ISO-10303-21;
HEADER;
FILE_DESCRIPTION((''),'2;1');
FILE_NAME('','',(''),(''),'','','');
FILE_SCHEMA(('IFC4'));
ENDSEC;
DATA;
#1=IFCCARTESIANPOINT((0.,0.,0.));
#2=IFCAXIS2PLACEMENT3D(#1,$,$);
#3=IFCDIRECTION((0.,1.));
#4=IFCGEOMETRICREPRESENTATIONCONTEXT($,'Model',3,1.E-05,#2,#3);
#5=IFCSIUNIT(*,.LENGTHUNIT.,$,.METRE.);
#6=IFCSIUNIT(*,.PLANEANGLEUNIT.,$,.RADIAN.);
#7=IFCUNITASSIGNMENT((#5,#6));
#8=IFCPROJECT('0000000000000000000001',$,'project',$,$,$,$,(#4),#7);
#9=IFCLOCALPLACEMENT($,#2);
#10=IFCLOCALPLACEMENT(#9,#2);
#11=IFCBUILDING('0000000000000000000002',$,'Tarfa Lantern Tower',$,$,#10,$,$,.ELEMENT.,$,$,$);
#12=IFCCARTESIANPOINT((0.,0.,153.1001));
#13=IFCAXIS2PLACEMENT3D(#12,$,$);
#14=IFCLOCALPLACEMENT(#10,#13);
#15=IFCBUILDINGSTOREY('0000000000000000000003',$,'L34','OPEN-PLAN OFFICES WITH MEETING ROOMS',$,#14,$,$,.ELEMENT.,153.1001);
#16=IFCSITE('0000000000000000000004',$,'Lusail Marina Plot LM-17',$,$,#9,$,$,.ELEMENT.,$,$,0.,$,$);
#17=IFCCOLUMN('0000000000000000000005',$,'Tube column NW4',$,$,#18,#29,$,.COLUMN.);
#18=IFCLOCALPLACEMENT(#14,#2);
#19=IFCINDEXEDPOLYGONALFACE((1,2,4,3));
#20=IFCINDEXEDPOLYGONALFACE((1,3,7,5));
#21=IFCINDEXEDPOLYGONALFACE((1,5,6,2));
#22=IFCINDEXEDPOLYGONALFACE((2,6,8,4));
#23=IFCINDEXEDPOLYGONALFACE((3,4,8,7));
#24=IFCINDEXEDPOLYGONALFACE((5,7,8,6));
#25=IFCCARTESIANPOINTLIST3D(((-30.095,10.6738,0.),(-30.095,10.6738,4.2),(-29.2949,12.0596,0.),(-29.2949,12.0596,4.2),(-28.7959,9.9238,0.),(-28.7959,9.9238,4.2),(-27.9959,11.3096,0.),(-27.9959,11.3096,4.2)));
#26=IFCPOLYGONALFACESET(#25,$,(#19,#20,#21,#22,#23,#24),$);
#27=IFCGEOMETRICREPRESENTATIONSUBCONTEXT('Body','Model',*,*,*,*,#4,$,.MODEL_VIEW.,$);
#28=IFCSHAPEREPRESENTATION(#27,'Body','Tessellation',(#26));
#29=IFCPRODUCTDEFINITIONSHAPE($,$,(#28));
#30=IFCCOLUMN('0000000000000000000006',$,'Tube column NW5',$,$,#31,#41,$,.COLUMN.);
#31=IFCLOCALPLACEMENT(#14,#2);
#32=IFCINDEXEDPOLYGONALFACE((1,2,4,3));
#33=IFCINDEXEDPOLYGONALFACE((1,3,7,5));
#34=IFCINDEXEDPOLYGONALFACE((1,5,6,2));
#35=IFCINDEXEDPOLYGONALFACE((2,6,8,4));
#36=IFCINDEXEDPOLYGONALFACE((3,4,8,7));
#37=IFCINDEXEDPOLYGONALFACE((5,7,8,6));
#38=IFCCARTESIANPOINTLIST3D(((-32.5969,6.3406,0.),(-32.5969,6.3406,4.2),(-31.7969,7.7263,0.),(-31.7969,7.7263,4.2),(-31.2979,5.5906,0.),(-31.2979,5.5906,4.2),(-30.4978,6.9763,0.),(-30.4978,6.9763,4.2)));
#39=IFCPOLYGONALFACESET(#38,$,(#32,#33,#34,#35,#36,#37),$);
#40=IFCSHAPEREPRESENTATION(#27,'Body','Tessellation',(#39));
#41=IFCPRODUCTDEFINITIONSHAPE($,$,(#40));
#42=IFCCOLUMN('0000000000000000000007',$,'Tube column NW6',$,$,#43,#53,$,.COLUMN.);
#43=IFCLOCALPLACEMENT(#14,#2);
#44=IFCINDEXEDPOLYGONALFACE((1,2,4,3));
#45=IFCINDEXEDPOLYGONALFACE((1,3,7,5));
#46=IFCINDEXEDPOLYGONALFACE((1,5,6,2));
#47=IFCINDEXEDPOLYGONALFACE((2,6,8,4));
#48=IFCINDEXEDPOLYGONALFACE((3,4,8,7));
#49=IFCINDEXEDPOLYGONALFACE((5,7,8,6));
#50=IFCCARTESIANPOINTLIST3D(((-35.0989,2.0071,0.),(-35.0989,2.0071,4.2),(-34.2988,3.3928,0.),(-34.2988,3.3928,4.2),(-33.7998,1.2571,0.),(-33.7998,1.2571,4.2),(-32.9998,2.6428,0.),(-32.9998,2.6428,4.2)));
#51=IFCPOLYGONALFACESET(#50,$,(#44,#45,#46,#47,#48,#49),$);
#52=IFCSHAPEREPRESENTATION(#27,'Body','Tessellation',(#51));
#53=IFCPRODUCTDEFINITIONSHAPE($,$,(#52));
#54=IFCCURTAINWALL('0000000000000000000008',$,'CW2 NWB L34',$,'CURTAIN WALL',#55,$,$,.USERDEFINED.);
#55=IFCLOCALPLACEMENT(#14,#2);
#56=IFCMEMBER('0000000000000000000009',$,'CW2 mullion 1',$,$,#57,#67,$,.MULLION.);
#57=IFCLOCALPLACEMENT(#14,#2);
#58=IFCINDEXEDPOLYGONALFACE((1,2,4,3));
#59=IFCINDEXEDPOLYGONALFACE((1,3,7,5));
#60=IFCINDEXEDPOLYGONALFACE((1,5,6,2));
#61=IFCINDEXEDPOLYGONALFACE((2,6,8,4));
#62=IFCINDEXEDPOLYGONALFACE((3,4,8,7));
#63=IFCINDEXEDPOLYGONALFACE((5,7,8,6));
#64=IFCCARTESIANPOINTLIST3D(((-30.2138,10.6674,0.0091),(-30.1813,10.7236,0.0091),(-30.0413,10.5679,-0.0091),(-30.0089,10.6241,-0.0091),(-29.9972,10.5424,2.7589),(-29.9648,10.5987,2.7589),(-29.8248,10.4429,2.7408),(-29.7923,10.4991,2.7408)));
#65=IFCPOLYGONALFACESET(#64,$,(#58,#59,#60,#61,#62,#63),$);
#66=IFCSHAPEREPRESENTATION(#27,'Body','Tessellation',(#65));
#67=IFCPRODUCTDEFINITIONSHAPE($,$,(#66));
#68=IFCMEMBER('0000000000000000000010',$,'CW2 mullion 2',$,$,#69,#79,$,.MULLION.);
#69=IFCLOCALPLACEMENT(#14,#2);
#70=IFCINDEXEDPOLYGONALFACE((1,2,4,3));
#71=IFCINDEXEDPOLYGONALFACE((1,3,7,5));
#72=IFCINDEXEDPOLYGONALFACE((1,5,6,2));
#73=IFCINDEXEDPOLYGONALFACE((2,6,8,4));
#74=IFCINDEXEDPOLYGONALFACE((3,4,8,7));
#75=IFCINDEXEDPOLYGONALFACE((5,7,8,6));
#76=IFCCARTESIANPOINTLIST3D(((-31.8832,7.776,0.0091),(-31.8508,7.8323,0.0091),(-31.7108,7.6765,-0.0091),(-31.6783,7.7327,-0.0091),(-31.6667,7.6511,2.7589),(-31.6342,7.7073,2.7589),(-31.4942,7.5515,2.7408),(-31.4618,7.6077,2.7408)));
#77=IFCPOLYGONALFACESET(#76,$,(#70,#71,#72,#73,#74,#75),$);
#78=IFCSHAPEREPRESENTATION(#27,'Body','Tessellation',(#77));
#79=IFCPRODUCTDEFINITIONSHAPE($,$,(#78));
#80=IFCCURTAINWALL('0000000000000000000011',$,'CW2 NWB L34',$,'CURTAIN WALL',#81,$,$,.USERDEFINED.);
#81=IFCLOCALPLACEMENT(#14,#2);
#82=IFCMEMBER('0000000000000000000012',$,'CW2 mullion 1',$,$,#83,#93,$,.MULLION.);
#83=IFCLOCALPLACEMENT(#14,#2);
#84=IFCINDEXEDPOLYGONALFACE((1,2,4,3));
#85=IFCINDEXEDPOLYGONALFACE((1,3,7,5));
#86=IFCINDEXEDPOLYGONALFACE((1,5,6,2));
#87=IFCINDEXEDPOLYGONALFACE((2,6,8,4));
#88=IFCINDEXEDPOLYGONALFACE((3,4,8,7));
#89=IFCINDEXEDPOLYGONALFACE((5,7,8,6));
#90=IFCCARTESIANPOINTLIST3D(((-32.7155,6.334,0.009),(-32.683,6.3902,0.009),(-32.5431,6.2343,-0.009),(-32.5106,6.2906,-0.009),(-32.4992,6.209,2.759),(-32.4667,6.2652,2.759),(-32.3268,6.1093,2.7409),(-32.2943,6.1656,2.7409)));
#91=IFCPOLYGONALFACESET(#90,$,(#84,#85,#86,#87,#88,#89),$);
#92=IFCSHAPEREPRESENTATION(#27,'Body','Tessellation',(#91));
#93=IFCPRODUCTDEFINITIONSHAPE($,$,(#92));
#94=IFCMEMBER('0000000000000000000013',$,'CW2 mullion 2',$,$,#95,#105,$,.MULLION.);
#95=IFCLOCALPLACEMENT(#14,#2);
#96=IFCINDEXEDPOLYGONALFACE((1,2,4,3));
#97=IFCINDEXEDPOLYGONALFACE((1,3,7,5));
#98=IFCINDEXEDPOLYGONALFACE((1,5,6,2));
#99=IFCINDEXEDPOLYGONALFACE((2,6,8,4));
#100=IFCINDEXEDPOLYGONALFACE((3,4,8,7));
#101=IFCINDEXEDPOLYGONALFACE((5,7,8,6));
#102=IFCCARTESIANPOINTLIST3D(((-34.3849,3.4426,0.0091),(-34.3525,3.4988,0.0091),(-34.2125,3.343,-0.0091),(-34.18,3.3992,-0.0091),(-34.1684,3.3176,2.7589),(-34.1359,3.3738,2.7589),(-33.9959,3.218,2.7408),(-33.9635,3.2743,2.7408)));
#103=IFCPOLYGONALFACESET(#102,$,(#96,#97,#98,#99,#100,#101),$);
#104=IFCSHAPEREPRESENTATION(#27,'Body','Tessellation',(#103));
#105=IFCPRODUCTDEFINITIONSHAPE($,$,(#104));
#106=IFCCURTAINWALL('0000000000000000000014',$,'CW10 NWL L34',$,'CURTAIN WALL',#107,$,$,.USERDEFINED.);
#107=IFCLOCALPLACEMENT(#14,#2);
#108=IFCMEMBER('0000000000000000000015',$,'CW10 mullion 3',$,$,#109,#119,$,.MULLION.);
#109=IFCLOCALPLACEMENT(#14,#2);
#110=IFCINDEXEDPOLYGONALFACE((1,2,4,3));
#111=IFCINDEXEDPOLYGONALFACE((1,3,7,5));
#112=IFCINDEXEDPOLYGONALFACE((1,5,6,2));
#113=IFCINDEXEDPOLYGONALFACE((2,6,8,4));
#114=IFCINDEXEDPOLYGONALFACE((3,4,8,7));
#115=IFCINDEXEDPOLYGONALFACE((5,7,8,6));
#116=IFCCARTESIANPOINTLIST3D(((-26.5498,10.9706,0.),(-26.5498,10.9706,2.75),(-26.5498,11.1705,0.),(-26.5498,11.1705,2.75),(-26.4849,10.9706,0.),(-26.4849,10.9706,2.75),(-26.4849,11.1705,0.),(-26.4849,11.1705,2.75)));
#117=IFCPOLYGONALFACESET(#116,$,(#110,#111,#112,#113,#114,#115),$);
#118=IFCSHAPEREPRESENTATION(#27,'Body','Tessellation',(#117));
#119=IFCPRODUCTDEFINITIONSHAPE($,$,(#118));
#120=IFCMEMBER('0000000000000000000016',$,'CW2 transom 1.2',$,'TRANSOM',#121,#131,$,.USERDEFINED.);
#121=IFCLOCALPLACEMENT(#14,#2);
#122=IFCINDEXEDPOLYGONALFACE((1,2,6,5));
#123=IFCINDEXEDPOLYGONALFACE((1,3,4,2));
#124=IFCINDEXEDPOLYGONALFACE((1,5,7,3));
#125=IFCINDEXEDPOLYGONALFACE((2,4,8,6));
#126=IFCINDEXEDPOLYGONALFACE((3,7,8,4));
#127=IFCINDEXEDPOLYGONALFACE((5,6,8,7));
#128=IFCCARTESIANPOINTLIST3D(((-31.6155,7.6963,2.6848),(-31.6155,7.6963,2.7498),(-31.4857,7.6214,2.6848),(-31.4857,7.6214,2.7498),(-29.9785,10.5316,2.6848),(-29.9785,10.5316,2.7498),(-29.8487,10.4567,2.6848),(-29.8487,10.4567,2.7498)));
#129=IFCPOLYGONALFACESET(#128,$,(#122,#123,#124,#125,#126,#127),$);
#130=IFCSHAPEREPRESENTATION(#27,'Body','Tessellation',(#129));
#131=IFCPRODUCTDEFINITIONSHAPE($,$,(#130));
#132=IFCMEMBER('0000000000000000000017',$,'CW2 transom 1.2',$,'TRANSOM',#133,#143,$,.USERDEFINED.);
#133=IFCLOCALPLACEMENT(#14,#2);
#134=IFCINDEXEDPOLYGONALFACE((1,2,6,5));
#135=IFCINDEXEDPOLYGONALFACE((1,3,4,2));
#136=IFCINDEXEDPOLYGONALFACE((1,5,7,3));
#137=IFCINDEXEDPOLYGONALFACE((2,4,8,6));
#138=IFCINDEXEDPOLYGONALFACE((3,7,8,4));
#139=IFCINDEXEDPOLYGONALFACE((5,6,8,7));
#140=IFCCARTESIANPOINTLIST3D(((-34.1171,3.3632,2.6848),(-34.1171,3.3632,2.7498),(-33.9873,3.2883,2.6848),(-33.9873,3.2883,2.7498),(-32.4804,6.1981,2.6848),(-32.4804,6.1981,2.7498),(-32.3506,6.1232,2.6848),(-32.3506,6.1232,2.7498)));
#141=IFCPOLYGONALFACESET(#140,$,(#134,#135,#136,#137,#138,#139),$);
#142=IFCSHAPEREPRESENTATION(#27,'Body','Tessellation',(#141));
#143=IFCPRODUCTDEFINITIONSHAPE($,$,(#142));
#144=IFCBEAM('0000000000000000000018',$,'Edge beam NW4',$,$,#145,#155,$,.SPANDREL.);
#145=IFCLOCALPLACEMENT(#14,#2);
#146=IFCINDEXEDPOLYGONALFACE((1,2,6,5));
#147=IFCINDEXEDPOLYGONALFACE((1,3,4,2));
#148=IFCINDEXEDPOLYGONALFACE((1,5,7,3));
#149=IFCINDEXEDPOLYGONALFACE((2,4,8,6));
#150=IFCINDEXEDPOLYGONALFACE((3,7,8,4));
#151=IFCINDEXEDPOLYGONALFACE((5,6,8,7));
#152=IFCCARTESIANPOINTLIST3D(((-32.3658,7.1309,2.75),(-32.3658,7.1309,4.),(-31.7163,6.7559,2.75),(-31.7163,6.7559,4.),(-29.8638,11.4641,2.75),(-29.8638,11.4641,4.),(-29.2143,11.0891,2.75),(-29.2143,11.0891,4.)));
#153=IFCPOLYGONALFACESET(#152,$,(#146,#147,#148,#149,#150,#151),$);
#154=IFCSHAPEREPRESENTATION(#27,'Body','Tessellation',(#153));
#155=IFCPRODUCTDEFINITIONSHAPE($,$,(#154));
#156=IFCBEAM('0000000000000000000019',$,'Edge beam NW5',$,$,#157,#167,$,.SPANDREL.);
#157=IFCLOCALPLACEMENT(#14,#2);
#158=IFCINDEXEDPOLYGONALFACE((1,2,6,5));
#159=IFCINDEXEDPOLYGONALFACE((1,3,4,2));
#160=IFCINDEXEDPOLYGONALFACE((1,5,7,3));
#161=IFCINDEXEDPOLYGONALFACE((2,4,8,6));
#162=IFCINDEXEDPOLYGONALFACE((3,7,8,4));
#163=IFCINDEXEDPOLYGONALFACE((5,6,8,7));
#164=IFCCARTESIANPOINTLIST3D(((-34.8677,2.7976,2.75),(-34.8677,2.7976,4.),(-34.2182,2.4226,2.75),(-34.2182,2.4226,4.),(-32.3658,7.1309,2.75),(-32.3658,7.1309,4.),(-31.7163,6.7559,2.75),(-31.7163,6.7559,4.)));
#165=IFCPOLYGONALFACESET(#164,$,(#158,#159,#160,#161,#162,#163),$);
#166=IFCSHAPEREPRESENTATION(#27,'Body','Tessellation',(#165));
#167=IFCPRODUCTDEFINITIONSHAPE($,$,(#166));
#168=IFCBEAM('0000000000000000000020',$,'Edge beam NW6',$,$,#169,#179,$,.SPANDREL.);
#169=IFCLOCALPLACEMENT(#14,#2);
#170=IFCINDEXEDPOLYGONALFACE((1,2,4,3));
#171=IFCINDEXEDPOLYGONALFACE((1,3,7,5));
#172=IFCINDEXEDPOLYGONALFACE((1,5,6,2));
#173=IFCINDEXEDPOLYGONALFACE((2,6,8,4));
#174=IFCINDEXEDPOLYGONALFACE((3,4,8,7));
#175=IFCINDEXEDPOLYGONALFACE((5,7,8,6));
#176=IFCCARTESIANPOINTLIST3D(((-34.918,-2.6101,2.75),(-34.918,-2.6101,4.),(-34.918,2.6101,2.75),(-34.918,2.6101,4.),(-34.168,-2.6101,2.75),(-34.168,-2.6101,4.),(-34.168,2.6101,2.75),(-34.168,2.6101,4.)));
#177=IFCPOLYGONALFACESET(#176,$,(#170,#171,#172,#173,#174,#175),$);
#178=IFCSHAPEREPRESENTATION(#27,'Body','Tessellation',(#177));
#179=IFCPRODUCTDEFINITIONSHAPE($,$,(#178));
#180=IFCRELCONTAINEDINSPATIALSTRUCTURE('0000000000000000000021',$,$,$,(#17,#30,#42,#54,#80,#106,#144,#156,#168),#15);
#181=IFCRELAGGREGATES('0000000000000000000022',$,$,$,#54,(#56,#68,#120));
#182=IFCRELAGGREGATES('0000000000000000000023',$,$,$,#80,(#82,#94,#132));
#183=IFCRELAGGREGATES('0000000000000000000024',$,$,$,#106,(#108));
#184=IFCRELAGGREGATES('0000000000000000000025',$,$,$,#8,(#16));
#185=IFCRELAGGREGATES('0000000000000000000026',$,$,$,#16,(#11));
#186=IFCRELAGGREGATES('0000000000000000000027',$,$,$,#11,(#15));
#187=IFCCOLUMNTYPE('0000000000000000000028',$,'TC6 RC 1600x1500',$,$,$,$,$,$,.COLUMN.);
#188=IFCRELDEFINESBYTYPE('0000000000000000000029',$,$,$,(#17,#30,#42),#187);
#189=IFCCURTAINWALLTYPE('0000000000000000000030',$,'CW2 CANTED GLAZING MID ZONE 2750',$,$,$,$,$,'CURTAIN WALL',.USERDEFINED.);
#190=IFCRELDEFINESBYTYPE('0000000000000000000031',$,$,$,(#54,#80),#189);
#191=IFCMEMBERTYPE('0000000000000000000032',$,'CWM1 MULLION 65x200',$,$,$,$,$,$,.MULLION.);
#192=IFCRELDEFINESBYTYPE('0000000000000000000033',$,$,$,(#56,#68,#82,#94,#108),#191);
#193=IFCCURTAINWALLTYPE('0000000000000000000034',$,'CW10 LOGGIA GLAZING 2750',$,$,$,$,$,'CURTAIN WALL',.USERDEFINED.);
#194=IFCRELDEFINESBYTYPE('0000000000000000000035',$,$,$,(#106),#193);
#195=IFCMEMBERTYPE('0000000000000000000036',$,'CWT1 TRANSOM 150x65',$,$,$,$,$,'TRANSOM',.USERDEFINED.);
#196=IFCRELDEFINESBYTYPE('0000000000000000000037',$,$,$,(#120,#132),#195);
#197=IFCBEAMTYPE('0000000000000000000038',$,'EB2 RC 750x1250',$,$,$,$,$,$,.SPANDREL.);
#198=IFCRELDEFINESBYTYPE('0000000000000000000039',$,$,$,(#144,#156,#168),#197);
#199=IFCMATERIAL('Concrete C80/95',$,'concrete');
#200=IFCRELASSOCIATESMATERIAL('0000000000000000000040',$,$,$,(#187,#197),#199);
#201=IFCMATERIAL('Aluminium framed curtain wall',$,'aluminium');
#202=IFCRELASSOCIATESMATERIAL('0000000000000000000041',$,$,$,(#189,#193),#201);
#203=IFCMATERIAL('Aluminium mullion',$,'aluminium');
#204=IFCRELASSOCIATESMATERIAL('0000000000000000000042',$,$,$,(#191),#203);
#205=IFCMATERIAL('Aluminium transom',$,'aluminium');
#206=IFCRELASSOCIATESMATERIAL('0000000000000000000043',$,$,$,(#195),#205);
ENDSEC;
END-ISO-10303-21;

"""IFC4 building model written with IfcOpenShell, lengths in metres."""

from ifc_helpers import new_model, si_unit, direction, frame, origin, origin_2d, place, context, subcontext, project, spatial, rectangle, extrude, material, material_profile, profile_set, type_object, element, aggregate, save


model = new_model("IFC4")

# Units and contexts
model_context = context("Model", 3, precision=1e-05, world=origin(), true_north=direction((0.0, 1.0)))
body_context = subcontext(model_context, "Body", "Model", "MODEL_VIEW")
ifc_project = project(units=[si_unit("LENGTHUNIT", "METRE"), si_unit("PLANEANGLEUNIT", "RADIAN")], contexts=[model_context])

# Site, building, storey
site_placement = place(None, origin())
site = spatial("IfcSite", under=ifc_project, at=site_placement, Name="Lusail Marina Plot LM-17", CompositionType="ELEMENT", RefElevation=0.0)
building_placement = place(site_placement, origin())
building = spatial("IfcBuilding", under=site, at=building_placement, Name="Tarfa Lantern Tower", CompositionType="ELEMENT")
storey_placement = place(building_placement, frame((0.0, 0.0, 153.1001)))
storey = spatial("IfcBuildingStorey", under=building, at=storey_placement, Name="L34", Description="OPEN-PLAN OFFICES WITH MEETING ROOMS", CompositionType="ELEMENT", Elevation=153.1001)

# Columns
ifc_material_1 = material(Name="Concrete C80/95", Category="concrete")
ifc_material_profile_1 = material_profile(ifc_material_1, rectangle(XDim=1.6001, YDim=1.5, at=origin_2d()), Name="RC 1600x1500")
ifc_profile_set_1 = profile_set([ifc_material_profile_1], Name="Concrete C80/95")
column_type = type_object("IfcColumnType", Name="TC6 RC 1600x1500", PredefinedType="COLUMN", material=ifc_profile_set_1)
for number, where, z_axis, x_axis, name in (
    (1, (-29.0454, 10.9917, 0.0), (0.0, 0.0, 1.0), (-0.5, -0.866025, 0.0), "Tube column NW4"),
    (2, (-31.5474, 6.6584, 0.0), (0.0, 0.0, 1.0), (-0.5, -0.866025, 0.0), "Tube column NW5"),
    (3, (-34.0493, 2.325, 0.0), (0.0, 0.0, 1.0), (-0.5, -0.866025, 0.0), "Tube column NW6"),
):
    element("IfcColumn", number, at=place(storey_placement, frame(where, z_axis=z_axis, x_axis=x_axis)), inside=storey, type_object=column_type, Name=name, PredefinedType="COLUMN", context=body_context, shape_type="SweptSolid", body=[
        extrude(rectangle(XDim=1.6001, YDim=1.5, at=origin_2d()), origin(), (0.0, 0.0, 1.0), 4.2),
    ])

# Curtain walls, members
ifc_material_2 = material(Name="Aluminium framed curtain wall", Category="aluminium")
curtain_wall_type_1 = type_object("IfcCurtainWallType", Name="CW2 CANTED GLAZING MID ZONE 2750", ElementType="CURTAIN WALL", PredefinedType="USERDEFINED", material=ifc_material_2)
curtain_wall_1_placement = place(storey_placement, origin())
curtain_wall_1 = element("IfcCurtainWall", 4, at=curtain_wall_1_placement, inside=storey, type_object=curtain_wall_type_1, Name="CW2 NWB L34", ObjectType="CURTAIN WALL", PredefinedType="USERDEFINED")
ifc_material_3 = material(Name="Aluminium mullion", Category="aluminium")
ifc_material_profile_2 = material_profile(ifc_material_3, rectangle(XDim=0.0649, YDim=0.2, at=origin_2d()), Name="AL MULLION 65x200")
ifc_profile_set_2 = profile_set([ifc_material_profile_2], Name="Aluminium mullion")
member_type_1 = type_object("IfcMemberType", Name="CWM1 MULLION 65x200", PredefinedType="MULLION", material=ifc_profile_set_2)
member_1_placement = place(storey_placement, frame((-30.1113, 10.6458, 0.0), z_axis=(0.078423, -0.045268, 0.995892), x_axis=(0.49992, 0.866072, 0.0)))
member_1 = element("IfcMember", 5, at=member_1_placement, type_object=member_type_1, Name="CW2 mullion 1", PredefinedType="MULLION", context=body_context, shape_type="SweptSolid", body=[
    extrude(rectangle(XDim=0.0649, YDim=0.2, at=origin_2d()), origin(), (0.0, 0.0, 1.0), 2.7612),
])
member_2_placement = place(storey_placement, frame((-31.7808, 7.7544, 0.0), z_axis=(0.078423, -0.045268, 0.995892), x_axis=(0.49992, 0.866072, 0.0)))
member_2 = element("IfcMember", 6, at=member_2_placement, type_object=member_type_1, Name="CW2 mullion 2", PredefinedType="MULLION", context=body_context, shape_type="SweptSolid", body=[
    extrude(rectangle(XDim=0.0649, YDim=0.2, at=origin_2d()), origin(), (0.0, 0.0, 1.0), 2.7612),
])
curtain_wall_2_placement = place(storey_placement, origin())
curtain_wall_2 = element("IfcCurtainWall", 7, at=curtain_wall_2_placement, inside=storey, type_object=curtain_wall_type_1, Name="CW2 NWB L34", ObjectType="CURTAIN WALL", PredefinedType="USERDEFINED")
member_3_placement = place(storey_placement, frame((-32.613, 6.3123, 0.0), z_axis=(0.078335, -0.045268, 0.995899), x_axis=(0.500343, 0.865827, 0.0)))
member_3 = element("IfcMember", 8, at=member_3_placement, type_object=member_type_1, Name="CW2 mullion 1", PredefinedType="MULLION", context=body_context, shape_type="SweptSolid", body=[
    extrude(rectangle(XDim=0.0649, YDim=0.2, at=origin_2d()), origin(), (0.0, 0.0, 1.0), 2.7612),
])
member_4_placement = place(storey_placement, frame((-34.2825, 3.4209, 0.0), z_axis=(0.078423, -0.045268, 0.995892), x_axis=(0.49992, 0.866072, 0.0)))
member_4 = element("IfcMember", 9, at=member_4_placement, type_object=member_type_1, Name="CW2 mullion 2", PredefinedType="MULLION", context=body_context, shape_type="SweptSolid", body=[
    extrude(rectangle(XDim=0.0649, YDim=0.2, at=origin_2d()), origin(), (0.0, 0.0, 1.0), 2.7612),
])

# Curtain wall, member
curtain_wall_type_2 = type_object("IfcCurtainWallType", Name="CW10 LOGGIA GLAZING 2750", ElementType="CURTAIN WALL", PredefinedType="USERDEFINED", material=ifc_material_2)
curtain_wall_3_placement = place(storey_placement, origin())
curtain_wall_3 = element("IfcCurtainWall", 10, at=curtain_wall_3_placement, inside=storey, type_object=curtain_wall_type_2, Name="CW10 NWL L34", ObjectType="CURTAIN WALL", PredefinedType="USERDEFINED")
member_5_placement = place(storey_placement, frame((-26.5173, 11.0706, 0.0), z_axis=(0.0, 0.0, 1.0), x_axis=(1.0, 0.0, 0.0)))
member_5 = element("IfcMember", 11, at=member_5_placement, type_object=member_type_1, Name="CW10 mullion 3", PredefinedType="MULLION", context=body_context, shape_type="SweptSolid", body=[
    extrude(rectangle(XDim=0.0649, YDim=0.2, at=origin_2d()), origin(), (0.0, 0.0, 1.0), 2.75),
])

# Members
ifc_material_4 = material(Name="Aluminium transom", Category="aluminium")
ifc_material_profile_3 = material_profile(ifc_material_4, rectangle(XDim=0.1499, YDim=0.0649, at=origin_2d()), Name="AL TRANSOM 150x65")
ifc_profile_set_3 = profile_set([ifc_material_profile_3], Name="Aluminium transom")
member_type_2 = type_object("IfcMemberType", Name="CWT1 TRANSOM 150x65", ElementType="TRANSOM", PredefinedType="USERDEFINED", material=ifc_profile_set_3)
member_6_placement = place(storey_placement, frame((-29.9136, 10.4941, 2.7173), z_axis=(-0.500013, -0.866018, 0.0), x_axis=(0.866018, -0.500013, 0.0)))
member_6 = element("IfcMember", 12, at=member_6_placement, type_object=member_type_2, Name="CW2 transom 1.2", ObjectType="TRANSOM", PredefinedType="USERDEFINED", context=body_context, shape_type="SweptSolid", body=[
    extrude(rectangle(XDim=0.1499, YDim=0.0649, at=origin_2d()), origin(), (0.0, 0.0, 1.0), 3.2739),
])
member_7_placement = place(storey_placement, frame((-32.4155, 6.1606, 2.7173), z_axis=(-0.499989, -0.866032, 0.0), x_axis=(0.866032, -0.499989, 0.0)))
member_7 = element("IfcMember", 13, at=member_7_placement, type_object=member_type_2, Name="CW2 transom 1.2", ObjectType="TRANSOM", PredefinedType="USERDEFINED", context=body_context, shape_type="SweptSolid", body=[
    extrude(rectangle(XDim=0.1499, YDim=0.0649, at=origin_2d()), origin(), (0.0, 0.0, 1.0), 3.2734),
])

# Beams
ifc_material_profile_4 = material_profile(ifc_material_1, rectangle(XDim=0.75, YDim=1.25, at=origin_2d()), Name="RC 750x1250")
ifc_profile_set_4 = profile_set([ifc_material_profile_4], Name="Concrete C80/95")
beam_type_1 = type_object("IfcBeamType", Name="EB2 RC 750x1250", PredefinedType="SPANDREL", material=ifc_profile_set_4)
for number, where, z_axis, x_axis, name in (
    (14, (-29.5391, 11.2766, 3.375), (-0.500022, -0.866013, 0.0), (0.866013, -0.500022, 0.0), "Edge beam NW4"),
    (15, (-32.041, 6.9434, 3.375), (-0.500022, -0.866013, 0.0), (0.866013, -0.500022, 0.0), "Edge beam NW5"),
):
    element("IfcBeam", number, at=place(storey_placement, frame(where, z_axis=z_axis, x_axis=x_axis)), inside=storey, type_object=beam_type_1, Name=name, PredefinedType="SPANDREL", context=body_context, shape_type="SweptSolid", body=[
        extrude(rectangle(XDim=0.75, YDim=1.25, at=origin_2d()), origin(), (0.0, 0.0, 1.0), 5.0037),
    ])
beam_1_placement = place(storey_placement, frame((-34.543, 2.6101, 3.375), z_axis=(0.0, -1.0, 0.0), x_axis=(1.0, 0.0, 0.0)))
element("IfcBeam", 16, at=beam_1_placement, inside=storey, type_object=beam_type_1, Name="Edge beam NW6", PredefinedType="SPANDREL", context=body_context, shape_type="SweptSolid", body=[
    extrude(rectangle(XDim=0.75, YDim=1.25, at=origin_2d()), origin(), (0.0, 0.0, 1.0), 5.2202),
])

aggregate(curtain_wall_1, [member_1, member_2, member_6])
aggregate(curtain_wall_2, [member_3, member_4, member_7])
aggregate(curtain_wall_3, [member_5])

save(model, "model.ifc")
